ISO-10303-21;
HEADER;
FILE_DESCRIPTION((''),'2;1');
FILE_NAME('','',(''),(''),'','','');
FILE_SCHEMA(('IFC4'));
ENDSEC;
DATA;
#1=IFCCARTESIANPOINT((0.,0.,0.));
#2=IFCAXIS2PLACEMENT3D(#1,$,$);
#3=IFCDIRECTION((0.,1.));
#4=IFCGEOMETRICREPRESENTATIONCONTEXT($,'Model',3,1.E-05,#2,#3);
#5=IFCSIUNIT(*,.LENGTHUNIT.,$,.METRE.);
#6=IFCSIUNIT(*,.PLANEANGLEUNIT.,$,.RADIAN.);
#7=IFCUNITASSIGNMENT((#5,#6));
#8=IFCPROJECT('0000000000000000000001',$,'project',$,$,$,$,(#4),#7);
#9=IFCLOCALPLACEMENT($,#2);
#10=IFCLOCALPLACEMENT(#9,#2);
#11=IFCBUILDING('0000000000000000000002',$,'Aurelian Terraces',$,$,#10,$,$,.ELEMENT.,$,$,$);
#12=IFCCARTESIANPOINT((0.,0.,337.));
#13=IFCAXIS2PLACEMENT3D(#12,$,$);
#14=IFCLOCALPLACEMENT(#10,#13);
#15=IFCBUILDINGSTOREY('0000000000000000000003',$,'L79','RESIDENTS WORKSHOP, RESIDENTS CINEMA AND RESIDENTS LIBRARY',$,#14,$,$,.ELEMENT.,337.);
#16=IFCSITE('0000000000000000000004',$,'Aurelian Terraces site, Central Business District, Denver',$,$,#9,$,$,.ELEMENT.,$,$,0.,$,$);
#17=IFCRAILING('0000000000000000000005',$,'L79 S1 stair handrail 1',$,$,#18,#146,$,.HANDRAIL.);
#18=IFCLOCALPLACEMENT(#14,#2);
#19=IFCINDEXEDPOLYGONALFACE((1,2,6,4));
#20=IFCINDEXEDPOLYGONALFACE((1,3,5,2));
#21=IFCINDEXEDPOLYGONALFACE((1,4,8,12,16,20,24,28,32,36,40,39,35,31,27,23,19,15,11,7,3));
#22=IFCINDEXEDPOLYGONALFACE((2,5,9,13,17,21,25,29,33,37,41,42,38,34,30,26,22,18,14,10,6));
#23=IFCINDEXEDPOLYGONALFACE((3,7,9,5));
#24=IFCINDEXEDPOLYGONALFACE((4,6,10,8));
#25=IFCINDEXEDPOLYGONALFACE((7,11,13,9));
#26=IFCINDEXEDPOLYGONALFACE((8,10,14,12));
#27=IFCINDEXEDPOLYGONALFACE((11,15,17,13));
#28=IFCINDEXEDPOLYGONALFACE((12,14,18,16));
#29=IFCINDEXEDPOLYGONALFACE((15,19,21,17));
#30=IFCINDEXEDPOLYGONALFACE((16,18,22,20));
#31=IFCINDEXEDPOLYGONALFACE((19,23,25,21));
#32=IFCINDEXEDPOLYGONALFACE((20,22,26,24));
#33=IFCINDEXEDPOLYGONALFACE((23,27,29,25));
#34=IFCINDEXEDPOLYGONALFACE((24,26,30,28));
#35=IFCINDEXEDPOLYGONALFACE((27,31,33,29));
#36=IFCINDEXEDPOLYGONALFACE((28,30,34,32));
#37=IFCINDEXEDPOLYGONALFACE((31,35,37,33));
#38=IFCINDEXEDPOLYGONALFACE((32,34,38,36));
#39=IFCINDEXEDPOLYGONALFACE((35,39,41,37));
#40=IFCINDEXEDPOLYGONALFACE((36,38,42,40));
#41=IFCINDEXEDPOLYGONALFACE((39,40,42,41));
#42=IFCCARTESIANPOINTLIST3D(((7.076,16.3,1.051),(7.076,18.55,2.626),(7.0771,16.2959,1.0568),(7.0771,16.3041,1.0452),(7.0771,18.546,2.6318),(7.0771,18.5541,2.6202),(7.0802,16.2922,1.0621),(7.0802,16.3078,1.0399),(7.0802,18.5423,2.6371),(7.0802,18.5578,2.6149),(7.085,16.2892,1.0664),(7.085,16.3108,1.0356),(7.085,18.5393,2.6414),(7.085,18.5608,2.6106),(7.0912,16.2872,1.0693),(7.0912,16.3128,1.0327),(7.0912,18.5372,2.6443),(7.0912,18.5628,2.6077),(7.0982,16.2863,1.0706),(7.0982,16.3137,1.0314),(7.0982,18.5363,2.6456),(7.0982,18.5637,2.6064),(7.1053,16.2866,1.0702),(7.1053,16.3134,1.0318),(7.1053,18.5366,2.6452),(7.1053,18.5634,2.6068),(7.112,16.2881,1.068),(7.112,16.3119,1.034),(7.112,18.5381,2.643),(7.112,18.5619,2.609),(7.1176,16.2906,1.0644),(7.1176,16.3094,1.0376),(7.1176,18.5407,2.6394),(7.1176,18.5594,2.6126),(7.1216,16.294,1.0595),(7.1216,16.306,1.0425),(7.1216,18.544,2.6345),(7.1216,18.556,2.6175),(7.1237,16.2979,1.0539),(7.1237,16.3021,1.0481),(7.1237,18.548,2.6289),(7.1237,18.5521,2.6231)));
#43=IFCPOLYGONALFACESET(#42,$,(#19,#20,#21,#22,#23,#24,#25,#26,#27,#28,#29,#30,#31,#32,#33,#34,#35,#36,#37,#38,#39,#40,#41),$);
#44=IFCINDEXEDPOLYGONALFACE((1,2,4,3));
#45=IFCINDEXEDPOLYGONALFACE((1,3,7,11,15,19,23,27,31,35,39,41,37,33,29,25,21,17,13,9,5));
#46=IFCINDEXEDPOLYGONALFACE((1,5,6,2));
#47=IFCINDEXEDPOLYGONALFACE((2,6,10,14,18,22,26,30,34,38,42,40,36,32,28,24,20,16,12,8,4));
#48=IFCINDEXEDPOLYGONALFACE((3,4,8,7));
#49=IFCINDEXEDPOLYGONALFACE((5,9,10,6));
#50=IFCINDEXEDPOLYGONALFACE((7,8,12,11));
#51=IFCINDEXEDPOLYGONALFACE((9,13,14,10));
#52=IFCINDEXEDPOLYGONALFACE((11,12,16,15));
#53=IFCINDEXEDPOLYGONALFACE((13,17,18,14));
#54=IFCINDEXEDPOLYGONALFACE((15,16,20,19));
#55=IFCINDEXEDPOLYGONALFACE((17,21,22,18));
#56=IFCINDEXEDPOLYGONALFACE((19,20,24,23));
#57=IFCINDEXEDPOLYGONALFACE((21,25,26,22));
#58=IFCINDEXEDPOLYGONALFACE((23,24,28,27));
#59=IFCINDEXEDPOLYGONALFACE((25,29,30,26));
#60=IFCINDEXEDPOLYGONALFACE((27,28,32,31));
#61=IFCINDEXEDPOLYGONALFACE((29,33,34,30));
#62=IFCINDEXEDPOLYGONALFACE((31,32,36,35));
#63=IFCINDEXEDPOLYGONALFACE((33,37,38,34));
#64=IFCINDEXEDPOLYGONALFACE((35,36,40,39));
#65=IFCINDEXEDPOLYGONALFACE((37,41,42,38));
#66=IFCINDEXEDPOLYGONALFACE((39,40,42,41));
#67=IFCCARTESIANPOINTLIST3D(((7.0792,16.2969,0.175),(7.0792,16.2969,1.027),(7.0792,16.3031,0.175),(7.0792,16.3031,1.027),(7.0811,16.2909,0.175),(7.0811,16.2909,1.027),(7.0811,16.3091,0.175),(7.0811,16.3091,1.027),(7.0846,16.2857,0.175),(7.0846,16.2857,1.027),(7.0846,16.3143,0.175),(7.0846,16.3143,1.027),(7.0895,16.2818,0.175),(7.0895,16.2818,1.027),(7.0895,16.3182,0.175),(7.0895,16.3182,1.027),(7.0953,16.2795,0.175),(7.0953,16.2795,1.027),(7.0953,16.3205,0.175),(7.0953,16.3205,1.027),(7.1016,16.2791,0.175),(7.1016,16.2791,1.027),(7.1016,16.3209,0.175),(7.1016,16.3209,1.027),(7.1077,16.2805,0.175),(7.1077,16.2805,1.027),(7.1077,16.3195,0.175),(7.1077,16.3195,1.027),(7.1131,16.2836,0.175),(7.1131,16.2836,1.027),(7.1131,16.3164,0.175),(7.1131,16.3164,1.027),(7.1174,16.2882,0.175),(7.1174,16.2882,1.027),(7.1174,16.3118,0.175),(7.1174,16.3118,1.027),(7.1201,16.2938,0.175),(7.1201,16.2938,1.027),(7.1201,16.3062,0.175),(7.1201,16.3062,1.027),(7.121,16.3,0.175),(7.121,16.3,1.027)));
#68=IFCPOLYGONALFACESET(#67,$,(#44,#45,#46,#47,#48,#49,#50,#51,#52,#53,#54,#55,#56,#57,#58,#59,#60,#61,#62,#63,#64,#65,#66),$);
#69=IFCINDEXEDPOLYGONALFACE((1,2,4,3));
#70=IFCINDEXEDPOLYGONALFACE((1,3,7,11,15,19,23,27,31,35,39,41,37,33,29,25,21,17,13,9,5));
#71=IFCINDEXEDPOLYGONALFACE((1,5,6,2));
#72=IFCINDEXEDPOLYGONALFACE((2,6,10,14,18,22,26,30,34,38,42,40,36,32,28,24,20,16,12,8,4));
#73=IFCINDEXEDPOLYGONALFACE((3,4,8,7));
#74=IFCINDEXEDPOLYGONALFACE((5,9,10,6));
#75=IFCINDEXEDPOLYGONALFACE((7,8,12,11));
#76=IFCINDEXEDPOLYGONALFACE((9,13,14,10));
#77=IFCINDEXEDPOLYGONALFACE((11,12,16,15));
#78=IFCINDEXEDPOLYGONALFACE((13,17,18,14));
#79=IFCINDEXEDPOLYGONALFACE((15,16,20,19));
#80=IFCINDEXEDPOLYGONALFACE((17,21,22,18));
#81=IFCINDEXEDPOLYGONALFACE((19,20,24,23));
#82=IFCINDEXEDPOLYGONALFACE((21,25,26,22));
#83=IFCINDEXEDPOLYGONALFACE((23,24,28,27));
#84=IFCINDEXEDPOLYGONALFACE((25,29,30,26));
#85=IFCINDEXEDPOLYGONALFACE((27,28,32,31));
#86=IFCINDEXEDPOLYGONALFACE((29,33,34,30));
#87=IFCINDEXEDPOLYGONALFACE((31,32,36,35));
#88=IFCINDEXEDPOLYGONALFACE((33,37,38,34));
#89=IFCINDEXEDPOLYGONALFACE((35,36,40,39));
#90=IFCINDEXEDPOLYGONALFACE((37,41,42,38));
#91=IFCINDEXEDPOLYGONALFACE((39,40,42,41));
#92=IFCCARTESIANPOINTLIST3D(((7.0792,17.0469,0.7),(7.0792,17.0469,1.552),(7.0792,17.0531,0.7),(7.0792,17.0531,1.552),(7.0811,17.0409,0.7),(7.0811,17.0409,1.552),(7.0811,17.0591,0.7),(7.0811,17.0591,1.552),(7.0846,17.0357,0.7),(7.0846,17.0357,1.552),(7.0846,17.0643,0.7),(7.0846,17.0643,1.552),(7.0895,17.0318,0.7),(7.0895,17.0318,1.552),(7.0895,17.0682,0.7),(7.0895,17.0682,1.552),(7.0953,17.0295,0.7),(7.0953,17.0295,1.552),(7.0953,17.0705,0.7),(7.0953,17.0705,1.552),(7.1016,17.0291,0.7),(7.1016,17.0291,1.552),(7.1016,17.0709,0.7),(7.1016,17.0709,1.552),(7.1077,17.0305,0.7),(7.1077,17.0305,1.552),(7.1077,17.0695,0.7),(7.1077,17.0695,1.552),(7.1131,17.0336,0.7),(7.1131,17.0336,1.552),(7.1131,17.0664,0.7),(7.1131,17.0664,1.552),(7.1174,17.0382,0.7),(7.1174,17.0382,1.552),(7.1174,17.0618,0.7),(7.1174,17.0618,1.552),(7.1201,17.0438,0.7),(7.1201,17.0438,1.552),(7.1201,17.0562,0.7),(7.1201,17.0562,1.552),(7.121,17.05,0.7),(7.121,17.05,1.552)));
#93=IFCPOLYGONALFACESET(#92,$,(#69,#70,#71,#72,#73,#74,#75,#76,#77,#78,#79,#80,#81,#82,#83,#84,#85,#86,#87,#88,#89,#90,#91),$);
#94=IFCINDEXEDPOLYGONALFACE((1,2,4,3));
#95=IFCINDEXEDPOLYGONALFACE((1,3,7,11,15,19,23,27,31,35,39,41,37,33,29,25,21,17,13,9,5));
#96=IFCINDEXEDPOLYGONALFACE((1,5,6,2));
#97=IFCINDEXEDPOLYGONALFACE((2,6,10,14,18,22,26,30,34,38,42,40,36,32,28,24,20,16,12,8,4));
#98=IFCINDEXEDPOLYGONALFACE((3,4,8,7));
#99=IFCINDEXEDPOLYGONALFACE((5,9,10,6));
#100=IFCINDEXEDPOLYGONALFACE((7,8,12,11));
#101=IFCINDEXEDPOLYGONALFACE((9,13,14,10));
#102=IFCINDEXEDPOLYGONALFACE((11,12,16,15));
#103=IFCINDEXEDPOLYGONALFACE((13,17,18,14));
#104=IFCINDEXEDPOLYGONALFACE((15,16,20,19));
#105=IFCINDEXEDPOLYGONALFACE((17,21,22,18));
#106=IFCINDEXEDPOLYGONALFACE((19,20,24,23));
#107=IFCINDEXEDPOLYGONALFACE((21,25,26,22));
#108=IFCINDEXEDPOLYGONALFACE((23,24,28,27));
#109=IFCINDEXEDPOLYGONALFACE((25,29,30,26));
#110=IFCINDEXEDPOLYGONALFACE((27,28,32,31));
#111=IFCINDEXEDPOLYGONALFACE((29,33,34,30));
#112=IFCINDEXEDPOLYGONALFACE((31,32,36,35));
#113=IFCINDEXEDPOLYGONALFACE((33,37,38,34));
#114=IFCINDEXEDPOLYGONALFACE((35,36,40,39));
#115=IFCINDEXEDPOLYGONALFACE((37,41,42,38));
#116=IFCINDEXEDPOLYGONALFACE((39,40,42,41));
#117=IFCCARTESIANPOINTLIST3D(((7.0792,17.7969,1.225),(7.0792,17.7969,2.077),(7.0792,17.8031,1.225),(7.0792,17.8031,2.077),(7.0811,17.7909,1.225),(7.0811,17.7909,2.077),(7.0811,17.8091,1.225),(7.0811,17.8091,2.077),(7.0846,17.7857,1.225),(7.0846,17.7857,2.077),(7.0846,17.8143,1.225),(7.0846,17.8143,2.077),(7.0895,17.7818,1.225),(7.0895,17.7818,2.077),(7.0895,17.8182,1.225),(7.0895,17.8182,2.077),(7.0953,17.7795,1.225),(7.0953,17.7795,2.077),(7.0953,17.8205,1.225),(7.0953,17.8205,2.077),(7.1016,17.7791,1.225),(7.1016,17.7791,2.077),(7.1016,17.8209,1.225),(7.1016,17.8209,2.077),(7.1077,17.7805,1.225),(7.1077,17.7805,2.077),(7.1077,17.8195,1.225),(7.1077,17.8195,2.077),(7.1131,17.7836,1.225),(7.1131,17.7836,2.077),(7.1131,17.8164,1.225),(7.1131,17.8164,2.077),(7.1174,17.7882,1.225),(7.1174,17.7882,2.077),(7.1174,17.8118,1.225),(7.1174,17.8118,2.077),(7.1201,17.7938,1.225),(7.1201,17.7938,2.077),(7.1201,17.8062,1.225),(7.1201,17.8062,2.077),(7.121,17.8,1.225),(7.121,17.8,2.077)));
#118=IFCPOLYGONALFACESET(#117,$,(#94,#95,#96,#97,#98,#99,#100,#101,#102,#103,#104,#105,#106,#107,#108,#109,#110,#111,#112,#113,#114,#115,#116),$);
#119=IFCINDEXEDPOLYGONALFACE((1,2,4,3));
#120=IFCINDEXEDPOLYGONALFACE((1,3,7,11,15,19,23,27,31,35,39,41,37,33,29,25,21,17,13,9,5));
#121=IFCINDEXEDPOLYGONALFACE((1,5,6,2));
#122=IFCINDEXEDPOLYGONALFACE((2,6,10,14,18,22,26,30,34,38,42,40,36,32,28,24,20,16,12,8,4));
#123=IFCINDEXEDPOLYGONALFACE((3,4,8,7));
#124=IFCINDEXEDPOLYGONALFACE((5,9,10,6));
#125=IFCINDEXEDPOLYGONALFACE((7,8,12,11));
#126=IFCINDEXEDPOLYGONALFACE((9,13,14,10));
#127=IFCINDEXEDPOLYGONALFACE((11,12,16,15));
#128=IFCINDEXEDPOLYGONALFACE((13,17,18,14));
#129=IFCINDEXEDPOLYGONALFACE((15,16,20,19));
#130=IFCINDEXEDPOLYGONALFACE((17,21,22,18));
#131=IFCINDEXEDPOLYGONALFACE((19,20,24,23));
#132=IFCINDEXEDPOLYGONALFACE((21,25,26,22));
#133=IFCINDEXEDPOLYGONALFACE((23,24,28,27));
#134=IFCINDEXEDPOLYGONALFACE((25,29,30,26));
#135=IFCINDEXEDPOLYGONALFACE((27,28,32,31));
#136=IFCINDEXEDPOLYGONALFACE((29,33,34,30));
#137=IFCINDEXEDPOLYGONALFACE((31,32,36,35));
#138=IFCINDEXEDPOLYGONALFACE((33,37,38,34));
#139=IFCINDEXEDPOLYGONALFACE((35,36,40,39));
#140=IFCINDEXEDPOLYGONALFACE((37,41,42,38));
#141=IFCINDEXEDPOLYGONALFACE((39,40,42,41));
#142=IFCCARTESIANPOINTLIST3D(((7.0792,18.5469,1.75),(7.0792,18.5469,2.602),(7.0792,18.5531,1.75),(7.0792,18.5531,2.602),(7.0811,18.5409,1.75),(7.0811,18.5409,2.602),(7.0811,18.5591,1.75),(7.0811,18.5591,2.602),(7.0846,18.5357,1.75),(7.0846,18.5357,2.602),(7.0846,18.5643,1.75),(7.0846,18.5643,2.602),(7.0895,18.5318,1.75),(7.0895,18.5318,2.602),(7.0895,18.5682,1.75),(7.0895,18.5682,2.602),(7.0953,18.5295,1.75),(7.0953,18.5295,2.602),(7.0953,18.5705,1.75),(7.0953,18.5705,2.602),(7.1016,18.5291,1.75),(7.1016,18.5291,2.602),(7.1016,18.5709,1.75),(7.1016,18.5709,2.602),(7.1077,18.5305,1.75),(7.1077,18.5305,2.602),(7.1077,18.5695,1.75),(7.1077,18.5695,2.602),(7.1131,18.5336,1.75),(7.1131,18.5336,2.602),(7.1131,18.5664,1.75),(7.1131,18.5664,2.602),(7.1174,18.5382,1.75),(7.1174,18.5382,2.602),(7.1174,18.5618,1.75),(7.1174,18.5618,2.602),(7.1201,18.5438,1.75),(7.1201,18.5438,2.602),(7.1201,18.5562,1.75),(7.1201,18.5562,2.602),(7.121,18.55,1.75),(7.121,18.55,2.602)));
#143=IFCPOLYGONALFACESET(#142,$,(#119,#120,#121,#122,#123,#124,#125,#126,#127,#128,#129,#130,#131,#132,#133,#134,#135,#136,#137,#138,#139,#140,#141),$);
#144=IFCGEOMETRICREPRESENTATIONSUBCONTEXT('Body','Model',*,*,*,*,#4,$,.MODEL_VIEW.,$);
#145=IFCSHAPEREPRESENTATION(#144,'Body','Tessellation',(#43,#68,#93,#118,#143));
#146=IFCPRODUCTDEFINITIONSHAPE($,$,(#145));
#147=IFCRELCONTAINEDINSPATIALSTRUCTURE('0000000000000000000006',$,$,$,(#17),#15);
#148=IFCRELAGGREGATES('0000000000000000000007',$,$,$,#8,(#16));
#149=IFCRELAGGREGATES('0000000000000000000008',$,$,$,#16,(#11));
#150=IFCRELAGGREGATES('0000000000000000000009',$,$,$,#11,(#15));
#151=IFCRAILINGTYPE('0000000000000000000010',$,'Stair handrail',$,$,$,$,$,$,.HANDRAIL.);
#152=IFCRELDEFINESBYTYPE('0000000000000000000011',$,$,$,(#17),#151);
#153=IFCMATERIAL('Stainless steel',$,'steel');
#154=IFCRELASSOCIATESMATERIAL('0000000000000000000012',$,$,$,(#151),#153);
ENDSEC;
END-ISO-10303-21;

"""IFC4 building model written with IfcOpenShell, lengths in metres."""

from ifc_helpers import new_model, si_unit, direction, frame, origin, origin_2d, place, context, subcontext, project, spatial, circle, extrude, source, transform, mapped, material, type_object, element, save


model = new_model("IFC4")

# Units and contexts
model_context = context("Model", 3, precision=1e-05, world=origin(), true_north=direction((0.0, 1.0)))
body_context = subcontext(model_context, "Body", "Model", "MODEL_VIEW")
ifc_project = project(units=[si_unit("LENGTHUNIT", "METRE"), si_unit("PLANEANGLEUNIT", "RADIAN")], contexts=[model_context])

# Site, building, storey
site_placement = place(None, origin())
site = spatial("IfcSite", under=ifc_project, at=site_placement, Name="Aurelian Terraces site, Central Business District, Denver", CompositionType="ELEMENT", RefElevation=0.0)
building_placement = place(site_placement, origin())
building = spatial("IfcBuilding", under=site, at=building_placement, Name="Aurelian Terraces", CompositionType="ELEMENT")
storey_placement = place(building_placement, frame((0.0, 0.0, 337.0)))
storey = spatial("IfcBuildingStorey", under=building, at=storey_placement, Name="L79", Description="RESIDENTS WORKSHOP, RESIDENTS CINEMA AND RESIDENTS LIBRARY", CompositionType="ELEMENT", Elevation=337.0)

# Railing
ifc_material_1 = material(Name="Stainless steel", Category="steel")
railing_type_1 = type_object("IfcRailingType", Name="Stair handrail", PredefinedType="HANDRAIL", material=ifc_material_1)
shared_shape_1 = source(origin(), body_context, "Body", "SweptSolid", [
    extrude(circle(Radius=0.024, at=origin_2d()), frame((0.0, 0.0, 0.876), z_axis=(0.0, 0.819232, 0.573462), x_axis=(-1.0, 0.0, 0.0)), (0.0, 0.0, 1.0), 2.7465),
    extrude(circle(Radius=0.021, at=origin_2d()), origin(), (0.0, 0.0, 1.0), 0.852),
    extrude(circle(Radius=0.021, at=origin_2d()), frame((0.0, 0.75, 0.525)), (0.0, 0.0, 1.0), 0.852),
    extrude(circle(Radius=0.021, at=origin_2d()), frame((0.0, 1.5, 1.05)), (0.0, 0.0, 1.0), 0.852),
    extrude(circle(Radius=0.021, at=origin_2d()), frame((0.0, 2.25, 1.575)), (0.0, 0.0, 1.0), 0.852),
])
railing_1_placement = place(storey_placement, frame((7.1, 16.3, 0.175)))
element("IfcRailing", 1, at=railing_1_placement, inside=storey, type_object=railing_type_1, Name="L79 S1 stair handrail 1", PredefinedType="HANDRAIL", context=body_context, shape_type="MappedRepresentation", body=[
    mapped(shared_shape_1, transform((0.0, 0.0, 0.0), scale=1.0)),
])

save(model, "model.ifc")
